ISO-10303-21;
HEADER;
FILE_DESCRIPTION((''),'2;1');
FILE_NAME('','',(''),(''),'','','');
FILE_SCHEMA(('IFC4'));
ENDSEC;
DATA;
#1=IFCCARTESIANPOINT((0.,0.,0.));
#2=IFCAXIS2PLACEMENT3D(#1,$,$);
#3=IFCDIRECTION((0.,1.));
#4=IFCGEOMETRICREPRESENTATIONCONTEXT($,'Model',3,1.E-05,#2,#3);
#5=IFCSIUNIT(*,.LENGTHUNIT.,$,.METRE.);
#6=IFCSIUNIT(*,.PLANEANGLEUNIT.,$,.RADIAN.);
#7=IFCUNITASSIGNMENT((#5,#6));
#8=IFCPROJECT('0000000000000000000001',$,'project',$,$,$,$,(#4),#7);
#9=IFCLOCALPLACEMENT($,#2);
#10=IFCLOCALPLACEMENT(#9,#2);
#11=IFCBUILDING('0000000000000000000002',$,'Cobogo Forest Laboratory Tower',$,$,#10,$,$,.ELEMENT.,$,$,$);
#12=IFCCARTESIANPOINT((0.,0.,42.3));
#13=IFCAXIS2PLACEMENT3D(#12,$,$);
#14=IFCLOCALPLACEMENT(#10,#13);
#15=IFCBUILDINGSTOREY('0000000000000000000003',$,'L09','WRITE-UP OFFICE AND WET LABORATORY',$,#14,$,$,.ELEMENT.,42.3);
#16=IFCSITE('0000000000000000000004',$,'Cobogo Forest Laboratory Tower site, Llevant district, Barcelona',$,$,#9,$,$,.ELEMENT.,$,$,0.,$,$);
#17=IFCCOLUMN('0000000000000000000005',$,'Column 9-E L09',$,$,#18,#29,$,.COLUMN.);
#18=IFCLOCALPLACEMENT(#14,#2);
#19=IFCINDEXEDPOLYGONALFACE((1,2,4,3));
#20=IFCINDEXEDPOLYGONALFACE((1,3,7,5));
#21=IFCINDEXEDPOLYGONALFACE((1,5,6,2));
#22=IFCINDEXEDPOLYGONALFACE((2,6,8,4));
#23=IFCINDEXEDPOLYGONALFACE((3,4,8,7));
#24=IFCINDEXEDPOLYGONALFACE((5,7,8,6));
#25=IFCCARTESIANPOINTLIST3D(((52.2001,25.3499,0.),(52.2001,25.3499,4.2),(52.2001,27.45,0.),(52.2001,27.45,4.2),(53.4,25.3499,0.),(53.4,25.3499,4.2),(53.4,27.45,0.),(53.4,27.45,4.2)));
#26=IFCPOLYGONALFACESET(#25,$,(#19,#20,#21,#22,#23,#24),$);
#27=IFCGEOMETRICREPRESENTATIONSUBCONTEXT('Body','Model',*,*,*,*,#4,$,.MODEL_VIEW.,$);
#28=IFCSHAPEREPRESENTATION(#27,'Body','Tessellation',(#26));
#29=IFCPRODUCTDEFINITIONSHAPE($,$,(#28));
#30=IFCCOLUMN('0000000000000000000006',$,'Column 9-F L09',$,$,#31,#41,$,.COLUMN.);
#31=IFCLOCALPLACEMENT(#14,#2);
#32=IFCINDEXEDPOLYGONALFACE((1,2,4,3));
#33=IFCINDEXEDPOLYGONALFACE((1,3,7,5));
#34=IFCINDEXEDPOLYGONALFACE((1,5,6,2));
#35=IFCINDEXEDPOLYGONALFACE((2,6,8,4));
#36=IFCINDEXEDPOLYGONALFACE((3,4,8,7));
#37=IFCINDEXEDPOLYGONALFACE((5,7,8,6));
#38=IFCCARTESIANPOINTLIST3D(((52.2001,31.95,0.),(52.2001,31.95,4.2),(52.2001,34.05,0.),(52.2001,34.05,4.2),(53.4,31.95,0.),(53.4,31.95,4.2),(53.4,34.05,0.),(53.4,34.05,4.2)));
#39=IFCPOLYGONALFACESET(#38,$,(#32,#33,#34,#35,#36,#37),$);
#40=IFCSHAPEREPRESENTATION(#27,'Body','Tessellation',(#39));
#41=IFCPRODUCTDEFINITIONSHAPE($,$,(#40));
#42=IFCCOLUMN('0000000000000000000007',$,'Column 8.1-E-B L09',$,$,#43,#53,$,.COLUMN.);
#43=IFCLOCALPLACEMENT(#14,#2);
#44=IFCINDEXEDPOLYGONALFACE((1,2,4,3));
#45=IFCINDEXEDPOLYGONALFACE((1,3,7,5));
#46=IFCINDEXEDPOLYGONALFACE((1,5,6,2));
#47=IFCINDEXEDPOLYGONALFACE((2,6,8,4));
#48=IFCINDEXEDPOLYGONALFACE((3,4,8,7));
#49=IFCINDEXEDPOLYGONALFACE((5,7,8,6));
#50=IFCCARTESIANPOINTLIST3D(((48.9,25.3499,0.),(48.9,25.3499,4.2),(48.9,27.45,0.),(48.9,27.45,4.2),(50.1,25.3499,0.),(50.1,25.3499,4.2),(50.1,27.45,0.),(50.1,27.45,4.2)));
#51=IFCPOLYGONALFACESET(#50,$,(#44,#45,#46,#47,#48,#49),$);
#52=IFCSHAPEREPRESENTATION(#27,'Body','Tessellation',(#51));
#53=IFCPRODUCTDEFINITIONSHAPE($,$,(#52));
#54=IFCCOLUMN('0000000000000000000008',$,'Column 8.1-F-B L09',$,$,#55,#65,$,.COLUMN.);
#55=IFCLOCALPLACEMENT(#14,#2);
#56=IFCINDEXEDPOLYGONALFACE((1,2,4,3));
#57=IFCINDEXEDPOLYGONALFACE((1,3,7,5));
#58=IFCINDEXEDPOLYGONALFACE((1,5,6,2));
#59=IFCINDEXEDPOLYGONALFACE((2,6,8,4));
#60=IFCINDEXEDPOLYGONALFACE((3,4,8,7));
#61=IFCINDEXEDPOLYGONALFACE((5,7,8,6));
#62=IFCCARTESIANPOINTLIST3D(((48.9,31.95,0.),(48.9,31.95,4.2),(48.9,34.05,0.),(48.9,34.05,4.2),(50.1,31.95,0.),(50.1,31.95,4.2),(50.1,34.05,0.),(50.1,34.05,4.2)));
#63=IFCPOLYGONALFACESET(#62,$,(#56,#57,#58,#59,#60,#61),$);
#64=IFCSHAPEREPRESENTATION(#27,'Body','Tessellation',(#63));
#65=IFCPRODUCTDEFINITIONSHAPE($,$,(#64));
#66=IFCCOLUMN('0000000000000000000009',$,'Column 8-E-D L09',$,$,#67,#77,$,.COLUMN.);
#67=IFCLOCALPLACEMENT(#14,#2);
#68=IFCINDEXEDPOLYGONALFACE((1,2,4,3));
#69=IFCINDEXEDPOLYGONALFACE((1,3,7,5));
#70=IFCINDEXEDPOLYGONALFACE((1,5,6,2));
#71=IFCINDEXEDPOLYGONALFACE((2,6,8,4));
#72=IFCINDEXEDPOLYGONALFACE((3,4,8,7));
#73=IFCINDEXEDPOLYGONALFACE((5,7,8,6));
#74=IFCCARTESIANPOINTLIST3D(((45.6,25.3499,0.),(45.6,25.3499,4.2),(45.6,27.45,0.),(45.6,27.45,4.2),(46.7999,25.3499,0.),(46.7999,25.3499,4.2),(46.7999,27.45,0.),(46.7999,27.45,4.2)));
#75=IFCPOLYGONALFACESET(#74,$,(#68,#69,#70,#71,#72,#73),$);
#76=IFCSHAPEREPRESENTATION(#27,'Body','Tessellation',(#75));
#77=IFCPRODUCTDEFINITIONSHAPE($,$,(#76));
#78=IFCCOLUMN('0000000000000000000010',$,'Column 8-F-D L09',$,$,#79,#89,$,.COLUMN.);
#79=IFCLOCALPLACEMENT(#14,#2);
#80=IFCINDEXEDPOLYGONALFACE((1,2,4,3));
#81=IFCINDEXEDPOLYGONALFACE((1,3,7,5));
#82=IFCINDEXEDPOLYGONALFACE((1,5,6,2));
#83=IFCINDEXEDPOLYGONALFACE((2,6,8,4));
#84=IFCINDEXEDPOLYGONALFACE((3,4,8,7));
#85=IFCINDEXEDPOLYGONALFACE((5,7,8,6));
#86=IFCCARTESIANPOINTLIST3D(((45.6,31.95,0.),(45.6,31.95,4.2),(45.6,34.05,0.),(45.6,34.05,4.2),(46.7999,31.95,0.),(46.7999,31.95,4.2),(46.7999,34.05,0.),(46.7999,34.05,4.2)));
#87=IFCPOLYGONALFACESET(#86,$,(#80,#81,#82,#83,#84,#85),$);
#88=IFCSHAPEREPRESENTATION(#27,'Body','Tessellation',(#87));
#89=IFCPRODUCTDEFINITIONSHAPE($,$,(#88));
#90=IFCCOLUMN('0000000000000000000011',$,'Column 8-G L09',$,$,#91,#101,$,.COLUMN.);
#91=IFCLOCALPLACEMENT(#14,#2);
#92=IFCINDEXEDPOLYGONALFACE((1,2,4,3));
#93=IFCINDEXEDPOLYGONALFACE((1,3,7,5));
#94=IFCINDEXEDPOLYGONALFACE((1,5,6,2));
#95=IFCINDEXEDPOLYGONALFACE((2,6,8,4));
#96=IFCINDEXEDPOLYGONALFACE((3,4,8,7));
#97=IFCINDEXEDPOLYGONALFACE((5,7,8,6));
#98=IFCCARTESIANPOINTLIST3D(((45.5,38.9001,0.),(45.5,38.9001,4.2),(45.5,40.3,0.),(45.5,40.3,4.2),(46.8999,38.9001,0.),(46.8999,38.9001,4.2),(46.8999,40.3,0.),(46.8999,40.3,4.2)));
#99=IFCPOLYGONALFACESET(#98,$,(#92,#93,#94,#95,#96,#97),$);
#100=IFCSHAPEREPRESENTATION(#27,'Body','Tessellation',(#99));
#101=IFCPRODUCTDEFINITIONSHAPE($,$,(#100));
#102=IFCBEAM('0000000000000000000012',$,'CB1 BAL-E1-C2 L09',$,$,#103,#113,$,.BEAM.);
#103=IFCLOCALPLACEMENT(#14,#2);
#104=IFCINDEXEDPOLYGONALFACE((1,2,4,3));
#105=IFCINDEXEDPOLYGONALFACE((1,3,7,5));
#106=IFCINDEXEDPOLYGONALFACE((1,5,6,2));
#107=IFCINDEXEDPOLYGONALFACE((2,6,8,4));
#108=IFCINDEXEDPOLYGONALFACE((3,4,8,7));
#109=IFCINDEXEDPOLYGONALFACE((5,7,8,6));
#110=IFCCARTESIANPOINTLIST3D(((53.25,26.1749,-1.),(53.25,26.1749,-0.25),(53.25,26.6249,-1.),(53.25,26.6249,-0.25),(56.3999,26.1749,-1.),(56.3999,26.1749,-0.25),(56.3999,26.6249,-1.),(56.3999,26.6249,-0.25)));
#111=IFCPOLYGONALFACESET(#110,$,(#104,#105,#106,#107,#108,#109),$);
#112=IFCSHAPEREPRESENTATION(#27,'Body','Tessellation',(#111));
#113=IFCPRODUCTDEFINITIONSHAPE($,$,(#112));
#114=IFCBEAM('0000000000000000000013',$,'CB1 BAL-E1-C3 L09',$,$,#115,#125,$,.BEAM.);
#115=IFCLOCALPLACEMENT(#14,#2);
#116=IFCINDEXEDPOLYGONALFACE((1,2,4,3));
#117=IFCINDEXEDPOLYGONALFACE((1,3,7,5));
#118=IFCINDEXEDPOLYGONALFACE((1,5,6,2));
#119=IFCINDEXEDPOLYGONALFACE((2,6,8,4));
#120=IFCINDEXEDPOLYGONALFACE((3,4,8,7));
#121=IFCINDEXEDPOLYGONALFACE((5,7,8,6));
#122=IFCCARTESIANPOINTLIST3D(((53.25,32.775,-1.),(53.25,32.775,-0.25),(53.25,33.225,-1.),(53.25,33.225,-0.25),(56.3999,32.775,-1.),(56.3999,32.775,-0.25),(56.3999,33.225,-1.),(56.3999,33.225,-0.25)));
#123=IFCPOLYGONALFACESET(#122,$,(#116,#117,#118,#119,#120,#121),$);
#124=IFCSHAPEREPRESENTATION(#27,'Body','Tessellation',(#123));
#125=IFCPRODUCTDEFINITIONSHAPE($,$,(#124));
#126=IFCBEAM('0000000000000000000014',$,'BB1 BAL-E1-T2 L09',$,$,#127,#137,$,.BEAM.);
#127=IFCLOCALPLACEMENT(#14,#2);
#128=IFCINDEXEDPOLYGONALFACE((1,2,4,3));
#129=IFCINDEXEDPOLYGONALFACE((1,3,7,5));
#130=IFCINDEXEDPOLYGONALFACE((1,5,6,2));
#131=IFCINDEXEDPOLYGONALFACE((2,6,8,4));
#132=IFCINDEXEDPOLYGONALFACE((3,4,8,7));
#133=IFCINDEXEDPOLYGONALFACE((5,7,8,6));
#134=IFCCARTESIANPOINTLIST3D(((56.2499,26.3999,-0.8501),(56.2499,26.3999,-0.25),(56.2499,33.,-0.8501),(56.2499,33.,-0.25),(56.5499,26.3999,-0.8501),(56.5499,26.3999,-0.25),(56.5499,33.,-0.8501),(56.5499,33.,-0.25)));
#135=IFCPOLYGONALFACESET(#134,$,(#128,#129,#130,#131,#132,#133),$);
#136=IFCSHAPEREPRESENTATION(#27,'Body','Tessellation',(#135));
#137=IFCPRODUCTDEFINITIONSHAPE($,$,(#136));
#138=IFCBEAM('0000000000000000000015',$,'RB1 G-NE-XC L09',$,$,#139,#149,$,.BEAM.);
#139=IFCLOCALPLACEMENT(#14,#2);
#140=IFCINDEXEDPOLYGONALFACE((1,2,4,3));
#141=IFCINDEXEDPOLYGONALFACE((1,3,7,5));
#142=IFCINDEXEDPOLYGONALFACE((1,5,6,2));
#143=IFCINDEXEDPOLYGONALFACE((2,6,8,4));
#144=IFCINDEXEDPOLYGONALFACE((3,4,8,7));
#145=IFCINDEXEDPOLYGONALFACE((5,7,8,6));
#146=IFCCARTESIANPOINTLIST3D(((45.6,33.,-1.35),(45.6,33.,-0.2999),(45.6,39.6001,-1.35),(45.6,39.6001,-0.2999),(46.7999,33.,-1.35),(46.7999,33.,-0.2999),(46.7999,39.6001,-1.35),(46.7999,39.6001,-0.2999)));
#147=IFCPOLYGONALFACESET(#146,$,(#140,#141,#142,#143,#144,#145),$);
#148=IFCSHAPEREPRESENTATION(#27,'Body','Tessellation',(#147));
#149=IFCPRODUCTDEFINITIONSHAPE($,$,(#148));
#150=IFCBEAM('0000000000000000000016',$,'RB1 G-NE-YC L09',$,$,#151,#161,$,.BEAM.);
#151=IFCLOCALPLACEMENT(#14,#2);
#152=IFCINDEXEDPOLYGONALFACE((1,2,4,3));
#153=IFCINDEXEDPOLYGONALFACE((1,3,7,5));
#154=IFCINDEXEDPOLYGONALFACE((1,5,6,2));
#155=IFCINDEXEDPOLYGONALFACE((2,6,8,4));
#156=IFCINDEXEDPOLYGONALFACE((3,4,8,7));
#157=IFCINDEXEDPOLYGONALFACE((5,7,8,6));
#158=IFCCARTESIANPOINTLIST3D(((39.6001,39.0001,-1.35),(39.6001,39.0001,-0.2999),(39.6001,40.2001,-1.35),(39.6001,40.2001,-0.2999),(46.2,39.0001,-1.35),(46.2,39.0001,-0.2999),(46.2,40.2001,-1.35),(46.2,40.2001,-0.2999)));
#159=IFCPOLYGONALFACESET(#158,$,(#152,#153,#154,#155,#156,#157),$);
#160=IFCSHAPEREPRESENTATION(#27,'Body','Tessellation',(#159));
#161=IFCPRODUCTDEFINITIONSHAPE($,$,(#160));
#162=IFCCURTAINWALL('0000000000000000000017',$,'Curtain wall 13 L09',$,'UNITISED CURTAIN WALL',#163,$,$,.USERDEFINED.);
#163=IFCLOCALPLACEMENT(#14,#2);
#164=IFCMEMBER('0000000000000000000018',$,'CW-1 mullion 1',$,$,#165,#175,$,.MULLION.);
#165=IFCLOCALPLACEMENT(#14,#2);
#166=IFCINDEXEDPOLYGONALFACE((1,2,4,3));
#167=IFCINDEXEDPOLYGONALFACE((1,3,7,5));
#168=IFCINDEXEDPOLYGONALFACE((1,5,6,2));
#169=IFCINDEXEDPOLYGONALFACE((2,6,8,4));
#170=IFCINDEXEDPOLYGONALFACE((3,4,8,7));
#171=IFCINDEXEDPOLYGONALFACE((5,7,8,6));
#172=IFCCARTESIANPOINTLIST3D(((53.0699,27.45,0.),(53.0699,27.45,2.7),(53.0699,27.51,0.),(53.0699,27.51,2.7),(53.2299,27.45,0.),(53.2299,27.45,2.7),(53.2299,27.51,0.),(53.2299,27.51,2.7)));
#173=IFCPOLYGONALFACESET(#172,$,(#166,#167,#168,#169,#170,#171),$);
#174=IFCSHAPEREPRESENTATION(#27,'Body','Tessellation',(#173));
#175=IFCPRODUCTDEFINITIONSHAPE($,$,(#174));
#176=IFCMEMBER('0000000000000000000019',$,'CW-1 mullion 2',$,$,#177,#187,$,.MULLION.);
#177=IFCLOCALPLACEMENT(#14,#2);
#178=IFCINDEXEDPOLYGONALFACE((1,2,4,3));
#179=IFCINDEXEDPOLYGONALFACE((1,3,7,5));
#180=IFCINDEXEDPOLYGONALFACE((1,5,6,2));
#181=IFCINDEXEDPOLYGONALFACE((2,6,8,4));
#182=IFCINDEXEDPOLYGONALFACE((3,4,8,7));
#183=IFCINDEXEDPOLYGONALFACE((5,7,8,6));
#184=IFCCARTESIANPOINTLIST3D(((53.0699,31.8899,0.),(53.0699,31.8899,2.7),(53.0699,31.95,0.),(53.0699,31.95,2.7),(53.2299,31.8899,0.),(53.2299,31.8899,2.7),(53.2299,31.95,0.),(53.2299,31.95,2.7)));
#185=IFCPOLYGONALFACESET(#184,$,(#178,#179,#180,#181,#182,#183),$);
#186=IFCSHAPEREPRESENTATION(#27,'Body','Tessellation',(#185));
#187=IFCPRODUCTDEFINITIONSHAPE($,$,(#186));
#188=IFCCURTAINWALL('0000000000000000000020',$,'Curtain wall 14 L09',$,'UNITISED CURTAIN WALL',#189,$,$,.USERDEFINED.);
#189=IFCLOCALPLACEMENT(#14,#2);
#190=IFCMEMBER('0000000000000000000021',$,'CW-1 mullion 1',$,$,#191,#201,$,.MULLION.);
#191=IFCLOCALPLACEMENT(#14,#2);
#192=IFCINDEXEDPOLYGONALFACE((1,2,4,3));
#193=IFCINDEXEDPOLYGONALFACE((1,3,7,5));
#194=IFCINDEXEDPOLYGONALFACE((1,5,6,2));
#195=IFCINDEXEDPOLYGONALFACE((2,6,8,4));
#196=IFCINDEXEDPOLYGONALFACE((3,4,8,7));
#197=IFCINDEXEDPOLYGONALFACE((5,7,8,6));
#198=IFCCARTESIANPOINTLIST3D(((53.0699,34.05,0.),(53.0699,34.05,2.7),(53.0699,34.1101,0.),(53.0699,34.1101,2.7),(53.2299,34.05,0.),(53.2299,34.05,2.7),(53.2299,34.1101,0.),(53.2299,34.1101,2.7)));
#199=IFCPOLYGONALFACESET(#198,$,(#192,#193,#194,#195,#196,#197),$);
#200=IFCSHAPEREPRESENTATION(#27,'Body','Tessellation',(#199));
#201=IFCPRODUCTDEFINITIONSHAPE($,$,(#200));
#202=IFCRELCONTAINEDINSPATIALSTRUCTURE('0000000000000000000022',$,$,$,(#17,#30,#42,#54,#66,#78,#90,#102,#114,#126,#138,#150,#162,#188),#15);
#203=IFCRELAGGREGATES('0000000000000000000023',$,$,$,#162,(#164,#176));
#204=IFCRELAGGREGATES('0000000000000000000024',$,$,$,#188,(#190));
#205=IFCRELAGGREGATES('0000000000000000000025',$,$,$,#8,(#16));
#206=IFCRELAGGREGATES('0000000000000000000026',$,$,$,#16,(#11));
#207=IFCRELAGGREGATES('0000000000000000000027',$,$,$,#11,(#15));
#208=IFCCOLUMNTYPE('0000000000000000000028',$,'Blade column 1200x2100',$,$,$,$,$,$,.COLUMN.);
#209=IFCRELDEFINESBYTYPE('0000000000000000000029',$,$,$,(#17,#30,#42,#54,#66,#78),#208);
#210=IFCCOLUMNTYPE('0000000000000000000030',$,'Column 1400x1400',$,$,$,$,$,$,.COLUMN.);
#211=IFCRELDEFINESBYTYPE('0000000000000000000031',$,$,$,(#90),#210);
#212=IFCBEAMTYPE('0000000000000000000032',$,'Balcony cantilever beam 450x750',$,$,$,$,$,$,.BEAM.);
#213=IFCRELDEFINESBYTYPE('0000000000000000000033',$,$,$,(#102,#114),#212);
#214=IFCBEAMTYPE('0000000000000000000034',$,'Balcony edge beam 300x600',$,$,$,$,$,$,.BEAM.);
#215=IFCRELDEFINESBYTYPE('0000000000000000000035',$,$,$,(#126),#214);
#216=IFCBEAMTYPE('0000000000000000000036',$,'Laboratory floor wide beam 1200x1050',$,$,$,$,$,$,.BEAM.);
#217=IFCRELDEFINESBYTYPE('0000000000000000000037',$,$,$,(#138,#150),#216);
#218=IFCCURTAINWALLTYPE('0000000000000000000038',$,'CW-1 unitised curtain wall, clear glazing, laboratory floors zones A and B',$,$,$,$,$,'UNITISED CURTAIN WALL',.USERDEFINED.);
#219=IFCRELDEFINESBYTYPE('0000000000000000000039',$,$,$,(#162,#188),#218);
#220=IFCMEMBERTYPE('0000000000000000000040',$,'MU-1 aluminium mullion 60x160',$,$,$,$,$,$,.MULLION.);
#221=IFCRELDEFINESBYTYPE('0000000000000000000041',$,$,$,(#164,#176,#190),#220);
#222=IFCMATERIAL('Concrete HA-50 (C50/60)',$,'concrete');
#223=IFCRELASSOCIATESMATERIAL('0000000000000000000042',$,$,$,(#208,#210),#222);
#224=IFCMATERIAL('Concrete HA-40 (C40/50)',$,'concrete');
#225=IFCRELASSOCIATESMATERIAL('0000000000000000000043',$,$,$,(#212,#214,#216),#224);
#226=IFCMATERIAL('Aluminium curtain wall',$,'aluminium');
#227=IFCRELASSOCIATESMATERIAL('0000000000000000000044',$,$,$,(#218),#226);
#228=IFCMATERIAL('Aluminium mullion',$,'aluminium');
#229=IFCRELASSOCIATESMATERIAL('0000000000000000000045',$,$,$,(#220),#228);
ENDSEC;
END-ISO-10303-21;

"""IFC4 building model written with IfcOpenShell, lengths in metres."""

from ifc_helpers import new_model, si_unit, direction, frame, origin, origin_2d, place, context, subcontext, project, spatial, rectangle, extrude, material, material_profile, profile_set, type_object, element, aggregate, save


model = new_model("IFC4")

# Units and contexts
model_context = context("Model", 3, precision=1e-05, world=origin(), true_north=direction((0.0, 1.0)))
body_context = subcontext(model_context, "Body", "Model", "MODEL_VIEW")
ifc_project = project(units=[si_unit("LENGTHUNIT", "METRE"), si_unit("PLANEANGLEUNIT", "RADIAN")], contexts=[model_context])

# Site, building, storey
site_placement = place(None, origin())
site = spatial("IfcSite", under=ifc_project, at=site_placement, Name="Cobogo Forest Laboratory Tower site, Llevant district, Barcelona", CompositionType="ELEMENT", RefElevation=0.0)
building_placement = place(site_placement, origin())
building = spatial("IfcBuilding", under=site, at=building_placement, Name="Cobogo Forest Laboratory Tower", CompositionType="ELEMENT")
storey_placement = place(building_placement, frame((0.0, 0.0, 42.3)))
storey = spatial("IfcBuildingStorey", under=building, at=storey_placement, Name="L09", Description="WRITE-UP OFFICE AND WET LABORATORY", CompositionType="ELEMENT", Elevation=42.3)

# Columns
ifc_material_1 = material(Name="Concrete HA-50 (C50/60)", Category="concrete")
ifc_material_profile_1 = material_profile(ifc_material_1, rectangle(XDim=2.1001, YDim=1.2, at=origin_2d()), Name="RC 1200x2100")
ifc_profile_set_1 = profile_set([ifc_material_profile_1], Name="Concrete HA-50 (C50/60)")
column_type_1 = type_object("IfcColumnType", Name="Blade column 1200x2100", PredefinedType="COLUMN", material=ifc_profile_set_1)
for number, where, z_axis, x_axis, name in (
    (1, (52.8, 26.3999, 0.0), (0.0, 0.0, 1.0), (0.0, 1.0, 0.0), "Column 9-E L09"),
    (2, (52.8, 33.0, 0.0), (0.0, 0.0, 1.0), (0.0, 1.0, 0.0), "Column 9-F L09"),
    (3, (49.5, 26.3999, 0.0), (0.0, 0.0, 1.0), (0.0, 1.0, 0.0), "Column 8.1-E-B L09"),
    (4, (49.5, 33.0, 0.0), (0.0, 0.0, 1.0), (0.0, 1.0, 0.0), "Column 8.1-F-B L09"),
    (5, (46.2, 26.3999, 0.0), (0.0, 0.0, 1.0), (0.0, 1.0, 0.0), "Column 8-E-D L09"),
    (6, (46.2, 33.0, 0.0), (0.0, 0.0, 1.0), (0.0, 1.0, 0.0), "Column 8-F-D L09"),
):
    element("IfcColumn", number, at=place(storey_placement, frame(where, z_axis=z_axis, x_axis=x_axis)), inside=storey, type_object=column_type_1, Name=name, PredefinedType="COLUMN", context=body_context, shape_type="SweptSolid", body=[
        extrude(rectangle(XDim=2.1001, YDim=1.2, at=origin_2d()), origin(), (0.0, 0.0, 1.0), 4.2),
    ])
ifc_material_profile_2 = material_profile(ifc_material_1, rectangle(XDim=1.3999, YDim=1.3999, at=origin_2d()), Name="RC 1400x1400")
ifc_profile_set_2 = profile_set([ifc_material_profile_2], Name="Concrete HA-50 (C50/60)")
column_type_2 = type_object("IfcColumnType", Name="Column 1400x1400", PredefinedType="COLUMN", material=ifc_profile_set_2)
column_placement = place(storey_placement, frame((46.2, 39.6001, 0.0), z_axis=(0.0, 0.0, 1.0), x_axis=(1.0, 0.0, 0.0)))
element("IfcColumn", 7, at=column_placement, inside=storey, type_object=column_type_2, Name="Column 8-G L09", PredefinedType="COLUMN", context=body_context, shape_type="SweptSolid", body=[
    extrude(rectangle(XDim=1.3999, YDim=1.3999, at=origin_2d()), origin(), (0.0, 0.0, 1.0), 4.2),
])

# Beams
ifc_material_2 = material(Name="Concrete HA-40 (C40/50)", Category="concrete")
ifc_material_profile_3 = material_profile(ifc_material_2, rectangle(XDim=0.45, YDim=0.75, at=origin_2d()), Name="RC 450x750")
ifc_profile_set_3 = profile_set([ifc_material_profile_3], Name="Concrete HA-40 (C40/50)")
beam_type_1 = type_object("IfcBeamType", Name="Balcony cantilever beam 450x750", PredefinedType="BEAM", material=ifc_profile_set_3)
for number, where, z_axis, x_axis, name in (
    (8, (53.25, 26.3999, -0.625), (1.0, 0.0, 0.0), (0.0, 1.0, 0.0), "CB1 BAL-E1-C2 L09"),
    (9, (53.25, 33.0, -0.625), (1.0, 0.0, 0.0), (0.0, 1.0, 0.0), "CB1 BAL-E1-C3 L09"),
):
    element("IfcBeam", number, at=place(storey_placement, frame(where, z_axis=z_axis, x_axis=x_axis)), inside=storey, type_object=beam_type_1, Name=name, PredefinedType="BEAM", context=body_context, shape_type="SweptSolid", body=[
        extrude(rectangle(XDim=0.45, YDim=0.75, at=origin_2d()), origin(), (0.0, 0.0, 1.0), 3.1499),
    ])
ifc_material_profile_4 = material_profile(ifc_material_2, rectangle(XDim=0.3, YDim=0.6001, at=origin_2d()), Name="RC 300x600")
ifc_profile_set_4 = profile_set([ifc_material_profile_4], Name="Concrete HA-40 (C40/50)")
beam_type_2 = type_object("IfcBeamType", Name="Balcony edge beam 300x600", PredefinedType="BEAM", material=ifc_profile_set_4)
beam_1_placement = place(storey_placement, frame((56.3999, 26.3999, -0.55), z_axis=(0.0, 1.0, 0.0), x_axis=(-1.0, 0.0, 0.0)))
element("IfcBeam", 10, at=beam_1_placement, inside=storey, type_object=beam_type_2, Name="BB1 BAL-E1-T2 L09", PredefinedType="BEAM", context=body_context, shape_type="SweptSolid", body=[
    extrude(rectangle(XDim=0.3, YDim=0.6001, at=origin_2d()), origin(), (0.0, 0.0, 1.0), 6.6001),
])
ifc_material_profile_5 = material_profile(ifc_material_2, rectangle(XDim=1.2, YDim=1.05, at=origin_2d()), Name="RC 1200x1050")
ifc_profile_set_5 = profile_set([ifc_material_profile_5], Name="Concrete HA-40 (C40/50)")
beam_type_3 = type_object("IfcBeamType", Name="Laboratory floor wide beam 1200x1050", PredefinedType="BEAM", material=ifc_profile_set_5)
beam_2_placement = place(storey_placement, frame((46.2, 39.6001, -0.825), z_axis=(0.0, -1.0, 0.0), x_axis=(1.0, 0.0, 0.0)))
element("IfcBeam", 11, at=beam_2_placement, inside=storey, type_object=beam_type_3, Name="RB1 G-NE-XC L09", PredefinedType="BEAM", context=body_context, shape_type="SweptSolid", body=[
    extrude(rectangle(XDim=1.2, YDim=1.05, at=origin_2d()), origin(), (0.0, 0.0, 1.0), 6.6001),
])
beam_3_placement = place(storey_placement, frame((46.2, 39.6001, -0.825), z_axis=(-1.0, 0.0, 0.0), x_axis=(0.0, -1.0, 0.0)))
element("IfcBeam", 12, at=beam_3_placement, inside=storey, type_object=beam_type_3, Name="RB1 G-NE-YC L09", PredefinedType="BEAM", context=body_context, shape_type="SweptSolid", body=[
    extrude(rectangle(XDim=1.2, YDim=1.05, at=origin_2d()), origin(), (0.0, 0.0, 1.0), 6.5999),
])

# Curtain walls, members
ifc_material_3 = material(Name="Aluminium curtain wall", Category="aluminium")
curtain_wall_type = type_object("IfcCurtainWallType", Name="CW-1 unitised curtain wall, clear glazing, laboratory floors zones A and B", ElementType="UNITISED CURTAIN WALL", PredefinedType="USERDEFINED", material=ifc_material_3)
curtain_wall_1_placement = place(storey_placement, origin())
curtain_wall_1 = element("IfcCurtainWall", 13, at=curtain_wall_1_placement, inside=storey, type_object=curtain_wall_type, Name="Curtain wall 13 L09", ObjectType="UNITISED CURTAIN WALL", PredefinedType="USERDEFINED")
ifc_material_4 = material(Name="Aluminium mullion", Category="aluminium")
ifc_material_profile_6 = material_profile(ifc_material_4, rectangle(XDim=0.0601, YDim=0.1599, at=origin_2d()), Name="AL 60x160")
ifc_profile_set_6 = profile_set([ifc_material_profile_6], Name="Aluminium mullion")
member_type_1 = type_object("IfcMemberType", Name="MU-1 aluminium mullion 60x160", PredefinedType="MULLION", material=ifc_profile_set_6)
member_1_placement = place(storey_placement, frame((53.1499, 27.48, 0.0), z_axis=(0.0, 0.0, 1.0), x_axis=(0.0, 1.0, 0.0)))
member_1 = element("IfcMember", 14, at=member_1_placement, type_object=member_type_1, Name="CW-1 mullion 1", PredefinedType="MULLION", context=body_context, shape_type="SweptSolid", body=[
    extrude(rectangle(XDim=0.0601, YDim=0.1599, at=origin_2d()), origin(), (0.0, 0.0, 1.0), 2.7),
])
member_2_placement = place(storey_placement, frame((53.1499, 31.9199, 0.0), z_axis=(0.0, 0.0, 1.0), x_axis=(0.0, 1.0, 0.0)))
member_2 = element("IfcMember", 15, at=member_2_placement, type_object=member_type_1, Name="CW-1 mullion 2", PredefinedType="MULLION", context=body_context, shape_type="SweptSolid", body=[
    extrude(rectangle(XDim=0.0601, YDim=0.1599, at=origin_2d()), origin(), (0.0, 0.0, 1.0), 2.7),
])
curtain_wall_2_placement = place(storey_placement, origin())
curtain_wall_2 = element("IfcCurtainWall", 16, at=curtain_wall_2_placement, inside=storey, type_object=curtain_wall_type, Name="Curtain wall 14 L09", ObjectType="UNITISED CURTAIN WALL", PredefinedType="USERDEFINED")
member_3_placement = place(storey_placement, frame((53.1499, 34.0801, 0.0), z_axis=(0.0, 0.0, 1.0), x_axis=(0.0, 1.0, 0.0)))
member_3 = element("IfcMember", 17, at=member_3_placement, type_object=member_type_1, Name="CW-1 mullion 1", PredefinedType="MULLION", context=body_context, shape_type="SweptSolid", body=[
    extrude(rectangle(XDim=0.0601, YDim=0.1599, at=origin_2d()), origin(), (0.0, 0.0, 1.0), 2.7),
])

aggregate(curtain_wall_1, [member_1, member_2])
aggregate(curtain_wall_2, [member_3])

save(model, "model.ifc")
